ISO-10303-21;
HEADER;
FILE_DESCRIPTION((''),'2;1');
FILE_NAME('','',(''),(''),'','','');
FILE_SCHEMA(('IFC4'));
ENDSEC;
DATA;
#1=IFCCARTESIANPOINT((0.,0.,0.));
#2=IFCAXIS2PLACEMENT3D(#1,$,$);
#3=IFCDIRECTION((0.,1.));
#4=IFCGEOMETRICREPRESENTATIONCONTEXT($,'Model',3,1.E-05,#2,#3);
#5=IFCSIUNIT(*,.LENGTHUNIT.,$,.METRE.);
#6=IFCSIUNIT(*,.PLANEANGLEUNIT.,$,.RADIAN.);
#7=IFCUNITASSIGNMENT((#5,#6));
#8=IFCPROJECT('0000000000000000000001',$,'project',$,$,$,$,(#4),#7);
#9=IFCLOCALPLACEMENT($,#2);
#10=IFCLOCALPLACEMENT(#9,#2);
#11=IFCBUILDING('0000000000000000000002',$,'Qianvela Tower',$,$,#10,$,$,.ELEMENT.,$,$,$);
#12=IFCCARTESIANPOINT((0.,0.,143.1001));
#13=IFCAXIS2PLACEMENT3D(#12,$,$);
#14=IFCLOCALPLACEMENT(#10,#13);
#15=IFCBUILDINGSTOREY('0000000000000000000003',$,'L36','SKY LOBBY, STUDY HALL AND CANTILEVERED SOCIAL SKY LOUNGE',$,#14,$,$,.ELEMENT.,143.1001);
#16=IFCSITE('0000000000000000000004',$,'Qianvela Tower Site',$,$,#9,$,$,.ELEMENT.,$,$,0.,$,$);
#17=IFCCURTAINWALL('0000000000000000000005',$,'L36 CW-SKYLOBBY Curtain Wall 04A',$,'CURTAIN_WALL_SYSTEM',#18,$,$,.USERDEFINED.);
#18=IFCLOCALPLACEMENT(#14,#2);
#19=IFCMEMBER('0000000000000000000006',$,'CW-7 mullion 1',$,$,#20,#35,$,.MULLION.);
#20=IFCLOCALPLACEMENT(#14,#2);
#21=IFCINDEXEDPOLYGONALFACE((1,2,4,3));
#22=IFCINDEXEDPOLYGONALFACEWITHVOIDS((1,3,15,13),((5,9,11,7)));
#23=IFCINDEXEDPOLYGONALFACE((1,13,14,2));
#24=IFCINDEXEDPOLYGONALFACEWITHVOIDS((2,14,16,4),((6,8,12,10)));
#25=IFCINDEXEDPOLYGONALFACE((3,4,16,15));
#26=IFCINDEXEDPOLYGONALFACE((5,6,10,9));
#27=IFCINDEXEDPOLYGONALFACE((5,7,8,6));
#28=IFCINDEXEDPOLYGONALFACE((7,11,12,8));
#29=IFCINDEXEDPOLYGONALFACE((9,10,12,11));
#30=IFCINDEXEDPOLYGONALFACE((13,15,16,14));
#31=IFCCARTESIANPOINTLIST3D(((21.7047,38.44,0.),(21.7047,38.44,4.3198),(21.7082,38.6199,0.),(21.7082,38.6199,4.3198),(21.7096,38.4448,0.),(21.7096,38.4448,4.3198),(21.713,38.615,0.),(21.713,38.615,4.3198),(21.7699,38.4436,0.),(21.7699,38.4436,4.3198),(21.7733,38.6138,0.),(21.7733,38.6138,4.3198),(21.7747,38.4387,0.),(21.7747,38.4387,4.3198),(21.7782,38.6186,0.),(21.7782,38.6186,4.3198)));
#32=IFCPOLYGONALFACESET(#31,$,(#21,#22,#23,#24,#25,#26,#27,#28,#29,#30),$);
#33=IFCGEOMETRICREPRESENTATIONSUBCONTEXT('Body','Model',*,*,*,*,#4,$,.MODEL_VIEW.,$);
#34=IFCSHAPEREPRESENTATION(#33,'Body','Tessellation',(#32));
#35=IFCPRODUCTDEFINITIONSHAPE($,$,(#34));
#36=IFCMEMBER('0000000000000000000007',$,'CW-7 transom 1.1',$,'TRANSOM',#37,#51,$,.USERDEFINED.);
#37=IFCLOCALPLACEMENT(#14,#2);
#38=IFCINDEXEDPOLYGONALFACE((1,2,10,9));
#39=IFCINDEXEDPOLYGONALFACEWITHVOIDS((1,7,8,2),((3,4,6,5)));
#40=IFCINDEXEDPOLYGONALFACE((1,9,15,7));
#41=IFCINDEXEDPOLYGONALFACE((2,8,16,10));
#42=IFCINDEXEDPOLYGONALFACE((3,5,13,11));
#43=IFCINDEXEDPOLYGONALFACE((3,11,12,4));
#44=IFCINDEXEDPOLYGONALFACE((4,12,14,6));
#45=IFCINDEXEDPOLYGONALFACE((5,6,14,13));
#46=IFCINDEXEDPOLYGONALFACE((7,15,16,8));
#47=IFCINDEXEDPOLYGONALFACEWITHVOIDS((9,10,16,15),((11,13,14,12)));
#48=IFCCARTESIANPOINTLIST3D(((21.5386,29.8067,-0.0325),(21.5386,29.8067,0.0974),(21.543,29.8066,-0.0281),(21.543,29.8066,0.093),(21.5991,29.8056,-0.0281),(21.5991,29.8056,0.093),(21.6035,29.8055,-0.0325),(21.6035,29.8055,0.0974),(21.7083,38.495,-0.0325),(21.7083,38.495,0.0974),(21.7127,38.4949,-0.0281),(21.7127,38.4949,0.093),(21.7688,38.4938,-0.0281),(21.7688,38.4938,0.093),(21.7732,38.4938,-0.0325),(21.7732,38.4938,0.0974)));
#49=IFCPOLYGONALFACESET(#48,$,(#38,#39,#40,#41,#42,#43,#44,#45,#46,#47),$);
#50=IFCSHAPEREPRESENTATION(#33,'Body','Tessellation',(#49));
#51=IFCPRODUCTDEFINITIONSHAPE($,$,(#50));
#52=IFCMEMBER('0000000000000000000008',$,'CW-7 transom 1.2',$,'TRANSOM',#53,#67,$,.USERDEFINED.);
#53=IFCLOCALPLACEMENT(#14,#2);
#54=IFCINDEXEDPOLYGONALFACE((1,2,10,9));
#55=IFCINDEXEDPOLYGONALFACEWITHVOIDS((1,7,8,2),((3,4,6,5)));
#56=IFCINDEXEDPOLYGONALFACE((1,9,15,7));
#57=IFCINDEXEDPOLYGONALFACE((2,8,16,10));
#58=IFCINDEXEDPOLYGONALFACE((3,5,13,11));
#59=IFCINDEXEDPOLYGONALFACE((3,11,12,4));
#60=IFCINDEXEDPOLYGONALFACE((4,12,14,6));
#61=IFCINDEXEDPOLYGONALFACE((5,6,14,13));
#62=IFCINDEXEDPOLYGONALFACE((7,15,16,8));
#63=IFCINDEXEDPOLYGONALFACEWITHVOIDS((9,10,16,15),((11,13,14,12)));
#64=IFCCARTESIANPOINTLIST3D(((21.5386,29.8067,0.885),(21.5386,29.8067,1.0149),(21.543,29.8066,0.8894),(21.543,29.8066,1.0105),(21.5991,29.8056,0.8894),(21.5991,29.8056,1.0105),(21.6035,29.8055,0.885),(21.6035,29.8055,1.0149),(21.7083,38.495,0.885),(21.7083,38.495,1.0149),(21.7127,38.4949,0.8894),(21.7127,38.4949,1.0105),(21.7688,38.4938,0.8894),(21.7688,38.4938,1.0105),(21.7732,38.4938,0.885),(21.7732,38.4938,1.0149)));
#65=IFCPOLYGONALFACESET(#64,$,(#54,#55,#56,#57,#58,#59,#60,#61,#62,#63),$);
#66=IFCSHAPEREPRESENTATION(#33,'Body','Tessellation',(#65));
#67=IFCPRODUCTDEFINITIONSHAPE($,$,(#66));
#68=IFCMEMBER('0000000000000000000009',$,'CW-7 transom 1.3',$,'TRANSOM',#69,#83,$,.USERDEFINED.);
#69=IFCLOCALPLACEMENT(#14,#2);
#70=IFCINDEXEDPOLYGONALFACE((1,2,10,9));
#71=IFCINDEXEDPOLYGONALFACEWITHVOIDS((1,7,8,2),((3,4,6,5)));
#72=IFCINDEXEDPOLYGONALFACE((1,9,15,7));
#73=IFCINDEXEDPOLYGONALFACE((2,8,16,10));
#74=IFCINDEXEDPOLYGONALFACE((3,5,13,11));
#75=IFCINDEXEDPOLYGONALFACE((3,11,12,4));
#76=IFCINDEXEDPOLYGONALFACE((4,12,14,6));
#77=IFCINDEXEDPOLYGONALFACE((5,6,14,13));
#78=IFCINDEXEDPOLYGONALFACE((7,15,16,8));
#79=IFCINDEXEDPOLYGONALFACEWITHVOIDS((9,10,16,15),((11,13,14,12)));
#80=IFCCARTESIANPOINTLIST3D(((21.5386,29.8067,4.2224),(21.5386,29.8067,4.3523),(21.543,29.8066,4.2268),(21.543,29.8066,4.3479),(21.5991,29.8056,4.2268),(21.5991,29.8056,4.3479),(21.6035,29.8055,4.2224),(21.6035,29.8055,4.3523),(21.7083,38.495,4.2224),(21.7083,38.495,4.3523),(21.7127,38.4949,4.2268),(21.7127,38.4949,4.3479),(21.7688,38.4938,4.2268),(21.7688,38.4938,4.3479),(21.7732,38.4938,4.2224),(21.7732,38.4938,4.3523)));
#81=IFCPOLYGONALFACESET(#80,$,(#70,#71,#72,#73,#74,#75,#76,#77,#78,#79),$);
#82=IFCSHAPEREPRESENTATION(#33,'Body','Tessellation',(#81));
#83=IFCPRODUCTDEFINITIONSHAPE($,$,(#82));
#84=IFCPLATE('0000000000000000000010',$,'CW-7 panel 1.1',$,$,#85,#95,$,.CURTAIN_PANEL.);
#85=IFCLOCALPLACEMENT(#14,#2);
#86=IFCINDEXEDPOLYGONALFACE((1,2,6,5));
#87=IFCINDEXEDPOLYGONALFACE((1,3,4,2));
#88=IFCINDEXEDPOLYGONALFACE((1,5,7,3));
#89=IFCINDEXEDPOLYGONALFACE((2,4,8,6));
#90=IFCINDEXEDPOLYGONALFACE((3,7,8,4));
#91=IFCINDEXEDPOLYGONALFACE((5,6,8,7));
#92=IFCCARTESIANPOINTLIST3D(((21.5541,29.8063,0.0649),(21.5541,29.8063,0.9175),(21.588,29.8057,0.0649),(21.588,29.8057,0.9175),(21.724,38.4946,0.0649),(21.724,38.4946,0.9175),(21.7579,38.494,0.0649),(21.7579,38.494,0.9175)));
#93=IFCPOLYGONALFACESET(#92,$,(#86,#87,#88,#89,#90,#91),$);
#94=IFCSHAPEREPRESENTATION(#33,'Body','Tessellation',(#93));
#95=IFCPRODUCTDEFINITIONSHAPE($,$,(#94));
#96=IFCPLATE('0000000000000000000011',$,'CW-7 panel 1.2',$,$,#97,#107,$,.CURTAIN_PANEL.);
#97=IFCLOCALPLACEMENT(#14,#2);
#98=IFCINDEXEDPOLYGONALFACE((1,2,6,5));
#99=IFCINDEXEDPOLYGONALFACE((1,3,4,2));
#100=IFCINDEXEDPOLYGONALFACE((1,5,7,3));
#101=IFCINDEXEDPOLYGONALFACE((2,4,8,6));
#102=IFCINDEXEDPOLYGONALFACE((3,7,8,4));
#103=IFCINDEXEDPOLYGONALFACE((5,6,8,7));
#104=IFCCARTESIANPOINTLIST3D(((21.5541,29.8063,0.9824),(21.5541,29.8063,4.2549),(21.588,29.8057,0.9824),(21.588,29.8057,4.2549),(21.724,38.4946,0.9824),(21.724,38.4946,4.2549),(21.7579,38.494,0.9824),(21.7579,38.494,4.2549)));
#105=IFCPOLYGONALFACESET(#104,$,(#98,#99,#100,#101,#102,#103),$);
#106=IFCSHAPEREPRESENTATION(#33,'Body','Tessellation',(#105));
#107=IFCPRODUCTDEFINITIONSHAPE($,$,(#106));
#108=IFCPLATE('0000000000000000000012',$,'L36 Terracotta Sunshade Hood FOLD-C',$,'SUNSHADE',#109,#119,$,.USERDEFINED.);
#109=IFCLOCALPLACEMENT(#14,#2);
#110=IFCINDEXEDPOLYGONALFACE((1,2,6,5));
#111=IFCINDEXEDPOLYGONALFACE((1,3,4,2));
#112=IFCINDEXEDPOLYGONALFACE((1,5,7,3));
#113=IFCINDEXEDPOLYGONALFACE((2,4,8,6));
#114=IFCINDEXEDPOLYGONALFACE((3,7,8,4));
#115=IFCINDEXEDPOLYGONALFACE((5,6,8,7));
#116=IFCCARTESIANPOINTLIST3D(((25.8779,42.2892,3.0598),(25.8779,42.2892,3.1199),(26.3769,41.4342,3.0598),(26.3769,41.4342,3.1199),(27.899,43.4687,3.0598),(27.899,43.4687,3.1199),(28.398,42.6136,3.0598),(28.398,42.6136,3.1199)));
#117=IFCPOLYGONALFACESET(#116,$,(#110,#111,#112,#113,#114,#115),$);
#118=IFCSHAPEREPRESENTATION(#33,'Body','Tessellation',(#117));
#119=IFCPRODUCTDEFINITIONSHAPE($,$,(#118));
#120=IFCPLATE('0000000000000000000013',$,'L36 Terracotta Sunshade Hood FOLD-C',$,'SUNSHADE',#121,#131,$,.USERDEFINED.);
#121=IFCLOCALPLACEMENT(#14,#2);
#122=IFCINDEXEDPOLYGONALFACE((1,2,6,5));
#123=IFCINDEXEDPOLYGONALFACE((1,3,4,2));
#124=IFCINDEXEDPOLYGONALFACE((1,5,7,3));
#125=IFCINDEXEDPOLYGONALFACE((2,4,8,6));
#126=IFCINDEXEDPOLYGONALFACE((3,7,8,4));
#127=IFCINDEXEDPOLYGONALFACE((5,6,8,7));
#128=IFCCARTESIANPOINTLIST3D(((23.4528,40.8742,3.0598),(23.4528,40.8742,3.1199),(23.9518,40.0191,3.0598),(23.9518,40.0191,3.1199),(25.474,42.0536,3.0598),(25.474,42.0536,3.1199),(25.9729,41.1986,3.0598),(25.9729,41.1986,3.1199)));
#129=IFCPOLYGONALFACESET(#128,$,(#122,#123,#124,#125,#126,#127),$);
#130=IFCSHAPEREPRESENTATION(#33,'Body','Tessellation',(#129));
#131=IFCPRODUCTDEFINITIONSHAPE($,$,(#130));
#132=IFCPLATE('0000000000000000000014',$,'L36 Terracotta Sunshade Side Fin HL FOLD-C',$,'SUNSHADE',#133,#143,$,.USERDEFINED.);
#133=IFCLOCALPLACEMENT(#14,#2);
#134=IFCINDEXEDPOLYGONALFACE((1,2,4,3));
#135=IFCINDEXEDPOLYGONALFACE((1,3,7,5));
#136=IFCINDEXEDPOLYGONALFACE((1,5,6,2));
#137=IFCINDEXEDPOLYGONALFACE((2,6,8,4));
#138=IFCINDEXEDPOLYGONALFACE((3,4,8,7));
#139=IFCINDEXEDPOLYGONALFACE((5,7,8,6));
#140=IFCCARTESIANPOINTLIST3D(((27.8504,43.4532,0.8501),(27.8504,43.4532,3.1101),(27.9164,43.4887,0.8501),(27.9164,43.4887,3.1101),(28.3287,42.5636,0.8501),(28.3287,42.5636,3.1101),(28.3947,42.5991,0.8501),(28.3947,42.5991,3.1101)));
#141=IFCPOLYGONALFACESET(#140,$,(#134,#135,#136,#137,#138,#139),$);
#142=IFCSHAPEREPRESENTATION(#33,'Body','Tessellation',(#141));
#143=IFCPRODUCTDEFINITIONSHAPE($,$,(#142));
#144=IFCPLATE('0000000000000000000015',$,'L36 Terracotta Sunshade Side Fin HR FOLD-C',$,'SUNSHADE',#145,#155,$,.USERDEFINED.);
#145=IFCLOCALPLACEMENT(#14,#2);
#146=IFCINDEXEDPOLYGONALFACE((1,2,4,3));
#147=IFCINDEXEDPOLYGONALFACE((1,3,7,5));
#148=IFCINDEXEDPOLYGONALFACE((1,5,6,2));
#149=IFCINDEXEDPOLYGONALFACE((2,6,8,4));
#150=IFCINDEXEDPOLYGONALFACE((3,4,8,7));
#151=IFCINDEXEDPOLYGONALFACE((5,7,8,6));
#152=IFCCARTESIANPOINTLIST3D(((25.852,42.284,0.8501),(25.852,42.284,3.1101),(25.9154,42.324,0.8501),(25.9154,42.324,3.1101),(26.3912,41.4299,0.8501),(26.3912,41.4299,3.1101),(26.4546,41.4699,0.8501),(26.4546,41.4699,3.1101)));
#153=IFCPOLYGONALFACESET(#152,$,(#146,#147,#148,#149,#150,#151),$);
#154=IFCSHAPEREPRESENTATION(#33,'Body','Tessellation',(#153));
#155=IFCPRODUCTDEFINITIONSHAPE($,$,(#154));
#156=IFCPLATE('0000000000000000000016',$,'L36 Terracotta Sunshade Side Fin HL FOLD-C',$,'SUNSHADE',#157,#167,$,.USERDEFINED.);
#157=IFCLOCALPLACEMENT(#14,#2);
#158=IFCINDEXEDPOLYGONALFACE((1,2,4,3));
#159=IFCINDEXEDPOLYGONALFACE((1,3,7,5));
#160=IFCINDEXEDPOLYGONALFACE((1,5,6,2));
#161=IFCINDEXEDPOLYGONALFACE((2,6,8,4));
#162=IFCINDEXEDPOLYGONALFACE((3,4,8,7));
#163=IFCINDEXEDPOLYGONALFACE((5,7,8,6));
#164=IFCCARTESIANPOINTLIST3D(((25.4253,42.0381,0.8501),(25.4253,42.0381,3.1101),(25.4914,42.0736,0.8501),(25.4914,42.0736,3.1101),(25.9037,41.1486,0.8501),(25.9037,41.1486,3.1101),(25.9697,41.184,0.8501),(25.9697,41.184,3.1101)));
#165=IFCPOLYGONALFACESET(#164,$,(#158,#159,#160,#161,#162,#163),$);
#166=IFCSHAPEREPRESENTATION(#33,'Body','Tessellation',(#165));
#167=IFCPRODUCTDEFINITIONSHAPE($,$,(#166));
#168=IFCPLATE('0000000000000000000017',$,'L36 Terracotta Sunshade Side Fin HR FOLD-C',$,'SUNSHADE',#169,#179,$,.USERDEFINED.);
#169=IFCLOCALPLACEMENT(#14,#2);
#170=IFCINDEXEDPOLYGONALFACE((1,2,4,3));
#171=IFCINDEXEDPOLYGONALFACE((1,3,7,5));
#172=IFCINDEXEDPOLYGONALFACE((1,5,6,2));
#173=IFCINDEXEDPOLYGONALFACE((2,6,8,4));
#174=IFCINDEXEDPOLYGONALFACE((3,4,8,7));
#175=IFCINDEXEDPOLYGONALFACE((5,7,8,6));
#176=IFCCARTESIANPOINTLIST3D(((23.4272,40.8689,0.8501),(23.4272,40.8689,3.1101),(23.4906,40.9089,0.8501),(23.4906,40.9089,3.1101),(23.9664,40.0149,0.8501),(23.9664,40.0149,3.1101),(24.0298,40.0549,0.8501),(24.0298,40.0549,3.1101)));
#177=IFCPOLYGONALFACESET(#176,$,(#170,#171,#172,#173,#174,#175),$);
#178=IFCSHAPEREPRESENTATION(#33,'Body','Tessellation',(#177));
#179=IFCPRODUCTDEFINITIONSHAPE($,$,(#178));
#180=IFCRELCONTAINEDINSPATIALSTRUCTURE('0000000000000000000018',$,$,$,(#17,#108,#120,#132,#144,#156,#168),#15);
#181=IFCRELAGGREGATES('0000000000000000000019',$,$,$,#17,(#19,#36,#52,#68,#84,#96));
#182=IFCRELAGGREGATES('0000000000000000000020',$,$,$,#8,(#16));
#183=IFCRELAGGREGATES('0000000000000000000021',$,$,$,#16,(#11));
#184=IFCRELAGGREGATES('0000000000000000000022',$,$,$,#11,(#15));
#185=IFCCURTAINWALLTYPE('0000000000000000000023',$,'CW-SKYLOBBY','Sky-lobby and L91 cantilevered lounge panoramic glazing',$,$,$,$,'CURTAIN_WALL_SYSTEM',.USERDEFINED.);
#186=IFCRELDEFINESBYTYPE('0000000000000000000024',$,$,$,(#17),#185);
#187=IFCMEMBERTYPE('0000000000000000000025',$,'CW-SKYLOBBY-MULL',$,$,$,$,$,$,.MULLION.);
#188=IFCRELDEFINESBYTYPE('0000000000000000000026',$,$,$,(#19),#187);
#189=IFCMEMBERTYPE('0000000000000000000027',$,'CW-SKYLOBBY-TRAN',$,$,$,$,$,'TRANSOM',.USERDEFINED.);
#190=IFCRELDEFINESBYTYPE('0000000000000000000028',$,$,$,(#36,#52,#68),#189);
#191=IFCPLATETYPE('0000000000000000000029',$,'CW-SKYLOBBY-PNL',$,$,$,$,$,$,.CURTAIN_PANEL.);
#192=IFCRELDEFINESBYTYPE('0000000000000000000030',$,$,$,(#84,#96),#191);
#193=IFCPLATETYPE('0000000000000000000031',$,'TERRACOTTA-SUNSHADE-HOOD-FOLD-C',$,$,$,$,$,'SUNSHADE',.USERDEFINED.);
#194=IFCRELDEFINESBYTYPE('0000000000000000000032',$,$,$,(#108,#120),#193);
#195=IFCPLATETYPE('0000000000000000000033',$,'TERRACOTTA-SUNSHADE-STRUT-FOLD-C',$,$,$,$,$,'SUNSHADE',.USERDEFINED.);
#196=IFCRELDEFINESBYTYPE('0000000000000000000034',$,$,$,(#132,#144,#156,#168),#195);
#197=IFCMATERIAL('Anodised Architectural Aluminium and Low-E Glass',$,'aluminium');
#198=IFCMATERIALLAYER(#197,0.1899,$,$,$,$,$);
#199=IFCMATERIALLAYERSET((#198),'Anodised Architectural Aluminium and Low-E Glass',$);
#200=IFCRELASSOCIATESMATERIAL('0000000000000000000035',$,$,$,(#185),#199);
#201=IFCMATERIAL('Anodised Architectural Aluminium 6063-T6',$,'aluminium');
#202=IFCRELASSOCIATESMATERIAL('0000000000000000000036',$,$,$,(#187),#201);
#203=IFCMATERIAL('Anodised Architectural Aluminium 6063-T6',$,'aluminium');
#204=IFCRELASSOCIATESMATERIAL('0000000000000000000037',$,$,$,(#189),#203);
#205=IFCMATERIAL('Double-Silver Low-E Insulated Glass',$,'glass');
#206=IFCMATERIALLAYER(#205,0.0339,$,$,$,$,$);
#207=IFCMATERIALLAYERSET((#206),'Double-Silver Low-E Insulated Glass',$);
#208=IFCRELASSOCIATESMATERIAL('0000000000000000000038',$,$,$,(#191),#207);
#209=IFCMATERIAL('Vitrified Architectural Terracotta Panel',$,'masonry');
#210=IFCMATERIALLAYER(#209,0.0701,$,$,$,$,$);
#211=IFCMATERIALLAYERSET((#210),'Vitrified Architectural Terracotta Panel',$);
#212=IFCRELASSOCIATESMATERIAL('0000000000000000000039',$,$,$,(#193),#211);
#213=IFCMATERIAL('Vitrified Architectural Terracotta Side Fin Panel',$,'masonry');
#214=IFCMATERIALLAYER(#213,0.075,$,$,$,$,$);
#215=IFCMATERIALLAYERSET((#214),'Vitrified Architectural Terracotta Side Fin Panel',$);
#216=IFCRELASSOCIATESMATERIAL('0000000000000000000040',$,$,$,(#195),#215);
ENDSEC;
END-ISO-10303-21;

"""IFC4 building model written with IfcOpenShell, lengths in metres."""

from ifc_helpers import new_model, si_unit, direction, frame, origin, origin_2d, place, context, subcontext, project, spatial, rectangle, hollow_rectangle, extrude, material, layer, layer_set, material_profile, profile_set, type_object, element, aggregate, save


model = new_model("IFC4")

# Units and contexts
model_context = context("Model", 3, precision=1e-05, world=origin(), true_north=direction((0.0, 1.0)))
body_context = subcontext(model_context, "Body", "Model", "MODEL_VIEW")
ifc_project = project(units=[si_unit("LENGTHUNIT", "METRE"), si_unit("PLANEANGLEUNIT", "RADIAN")], contexts=[model_context])

# Site, building, storey
site_placement = place(None, origin())
site = spatial("IfcSite", under=ifc_project, at=site_placement, Name="Qianvela Tower Site", CompositionType="ELEMENT", RefElevation=0.0)
building_placement = place(site_placement, origin())
building = spatial("IfcBuilding", under=site, at=building_placement, Name="Qianvela Tower", CompositionType="ELEMENT")
storey_placement = place(building_placement, frame((0.0, 0.0, 143.1001)))
storey = spatial("IfcBuildingStorey", under=building, at=storey_placement, Name="L36", Description="SKY LOBBY, STUDY HALL AND CANTILEVERED SOCIAL SKY LOUNGE", CompositionType="ELEMENT", Elevation=143.1001)

# Curtain wall, members, plates
ifc_material_1 = material(Name="Anodised Architectural Aluminium and Low-E Glass", Category="aluminium")
ifc_layer_1 = layer(ifc_material_1, 0.1899)
ifc_layer_set_1 = layer_set([ifc_layer_1], Name="Anodised Architectural Aluminium and Low-E Glass")
curtain_wall_type = type_object("IfcCurtainWallType", Name="CW-SKYLOBBY", Description="Sky-lobby and L91 cantilevered lounge panoramic glazing", ElementType="CURTAIN_WALL_SYSTEM", PredefinedType="USERDEFINED", material=ifc_layer_set_1)
curtain_wall_placement = place(storey_placement, origin())
curtain_wall = element("IfcCurtainWall", 1, at=curtain_wall_placement, inside=storey, type_object=curtain_wall_type, Name="L36 CW-SKYLOBBY Curtain Wall 04A", ObjectType="CURTAIN_WALL_SYSTEM", PredefinedType="USERDEFINED")
ifc_material_2 = material(Name="Anodised Architectural Aluminium 6063-T6", Category="aluminium")
ifc_material_profile_1 = material_profile(ifc_material_2, hollow_rectangle(XDim=0.0701, YDim=0.1799, WallThickness=0.0049, at=origin_2d()), Name="ALU-MULL-70x180")
ifc_profile_set_1 = profile_set([ifc_material_profile_1], Name="Anodised Architectural Aluminium 6063-T6")
member_type_1 = type_object("IfcMemberType", Name="CW-SKYLOBBY-MULL", PredefinedType="MULLION", material=ifc_profile_set_1)
member_1_placement = place(storey_placement, frame((21.7415, 38.5293, 0.0), z_axis=(0.0, 0.0, 1.0), x_axis=(0.999809, -0.019547, 0.0)))
member_1 = element("IfcMember", 2, at=member_1_placement, type_object=member_type_1, Name="CW-7 mullion 1", PredefinedType="MULLION", context=body_context, shape_type="SweptSolid", body=[
    extrude(hollow_rectangle(XDim=0.0701, YDim=0.1799, WallThickness=0.0049, at=origin_2d()), origin(), (0.0, 0.0, 1.0), 4.3198),
])
ifc_material_3 = material(Name="Anodised Architectural Aluminium 6063-T6", Category="aluminium")
ifc_material_profile_2 = material_profile(ifc_material_3, hollow_rectangle(XDim=0.0649, YDim=0.1299, WallThickness=0.0044, at=origin_2d()), Name="ALU-TRAN-65x130")
ifc_profile_set_2 = profile_set([ifc_material_profile_2], Name="Anodised Architectural Aluminium 6063-T6")
member_type_2 = type_object("IfcMemberType", Name="CW-SKYLOBBY-TRAN", ElementType="TRANSOM", PredefinedType="USERDEFINED", material=ifc_profile_set_2)
member_2_placement = place(storey_placement, frame((21.7407, 38.4944, 0.0325), z_axis=(-0.019526, -0.999809, 0.0), x_axis=(0.999809, -0.019526, 0.0)))
member_2 = element("IfcMember", 3, at=member_2_placement, type_object=member_type_2, Name="CW-7 transom 1.1", ObjectType="TRANSOM", PredefinedType="USERDEFINED", context=body_context, shape_type="SweptSolid", body=[
    extrude(hollow_rectangle(XDim=0.0649, YDim=0.1299, WallThickness=0.0044, at=origin_2d()), origin(), (0.0, 0.0, 1.0), 8.6899),
])
member_3_placement = place(storey_placement, frame((21.7407, 38.4944, 0.95), z_axis=(-0.019526, -0.999809, 0.0), x_axis=(0.999809, -0.019526, 0.0)))
member_3 = element("IfcMember", 4, at=member_3_placement, type_object=member_type_2, Name="CW-7 transom 1.2", ObjectType="TRANSOM", PredefinedType="USERDEFINED", context=body_context, shape_type="SweptSolid", body=[
    extrude(hollow_rectangle(XDim=0.0649, YDim=0.1299, WallThickness=0.0044, at=origin_2d()), origin(), (0.0, 0.0, 1.0), 8.6899),
])
member_4_placement = place(storey_placement, frame((21.7407, 38.4944, 4.2874), z_axis=(-0.019526, -0.999809, 0.0), x_axis=(0.999809, -0.019526, 0.0)))
member_4 = element("IfcMember", 5, at=member_4_placement, type_object=member_type_2, Name="CW-7 transom 1.3", ObjectType="TRANSOM", PredefinedType="USERDEFINED", context=body_context, shape_type="SweptSolid", body=[
    extrude(hollow_rectangle(XDim=0.0649, YDim=0.1299, WallThickness=0.0044, at=origin_2d()), origin(), (0.0, 0.0, 1.0), 8.6899),
])
ifc_material_4 = material(Name="Double-Silver Low-E Insulated Glass", Category="glass")
ifc_layer_2 = layer(ifc_material_4, 0.0339)
ifc_layer_set_2 = layer_set([ifc_layer_2], Name="Double-Silver Low-E Insulated Glass")
plate_type_1 = type_object("IfcPlateType", Name="CW-SKYLOBBY-PNL", PredefinedType="CURTAIN_PANEL", material=ifc_layer_set_2)
plate_1_placement = place(storey_placement, frame((21.656, 34.1501, 0.0649), z_axis=(0.0, 0.0, 1.0), x_axis=(-0.019547, -0.999809, 0.0)))
plate_1 = element("IfcPlate", 6, at=plate_1_placement, type_object=plate_type_1, Name="CW-7 panel 1.1", PredefinedType="CURTAIN_PANEL", context=body_context, shape_type="SweptSolid", body=[
    extrude(rectangle(XDim=8.6899, YDim=0.0339, at=origin_2d()), origin(), (0.0, 0.0, 1.0), 0.8525),
])
plate_2_placement = place(storey_placement, frame((21.656, 34.1501, 0.9824), z_axis=(0.0, 0.0, 1.0), x_axis=(-0.019547, -0.999809, 0.0)))
plate_2 = element("IfcPlate", 7, at=plate_2_placement, type_object=plate_type_1, Name="CW-7 panel 1.2", PredefinedType="CURTAIN_PANEL", context=body_context, shape_type="SweptSolid", body=[
    extrude(rectangle(XDim=8.6899, YDim=0.0339, at=origin_2d()), origin(), (0.0, 0.0, 1.0), 3.2725),
])
aggregate(curtain_wall, [member_1, member_2, member_3, member_4, plate_1, plate_2])

# Plates
ifc_material_5 = material(Name="Vitrified Architectural Terracotta Panel", Category="masonry")
ifc_layer_3 = layer(ifc_material_5, 0.0701)
ifc_layer_set_3 = layer_set([ifc_layer_3], Name="Vitrified Architectural Terracotta Panel")
plate_type_2 = type_object("IfcPlateType", Name="TERRACOTTA-SUNSHADE-HOOD-FOLD-C", ElementType="SUNSHADE", PredefinedType="USERDEFINED", material=ifc_layer_set_3)
for number, where, z_axis, x_axis, name in (
    (8, (27.1379, 42.4514, 3.0598), (0.0, 0.0, 1.0), (-0.863693, -0.504018, 0.0), "L36 Terracotta Sunshade Hood FOLD-C"),
    (9, (24.7129, 41.0364, 3.0598), (0.0, 0.0, 1.0), (-0.863693, -0.504018, 0.0), "L36 Terracotta Sunshade Hood FOLD-C"),
):
    element("IfcPlate", number, at=place(storey_placement, frame(where, z_axis=z_axis, x_axis=x_axis)), inside=storey, type_object=plate_type_2, Name=name, ObjectType="SUNSHADE", PredefinedType="USERDEFINED", context=body_context, shape_type="SweptSolid", body=[
        extrude(rectangle(XDim=2.3401, YDim=0.99, at=origin_2d()), origin(), (0.0, 0.0, 1.0), 0.0601),
    ])
ifc_material_6 = material(Name="Vitrified Architectural Terracotta Side Fin Panel", Category="masonry")
ifc_layer_4 = layer(ifc_material_6, 0.075)
ifc_layer_set_4 = layer_set([ifc_layer_4], Name="Vitrified Architectural Terracotta Side Fin Panel")
plate_type_3 = type_object("IfcPlateType", Name="TERRACOTTA-SUNSHADE-STRUT-FOLD-C", ElementType="SUNSHADE", PredefinedType="USERDEFINED", material=ifc_layer_set_4)
for number, where, z_axis, x_axis, name in (
    (10, (28.1226, 43.0261, 0.8501), (0.0, 0.0, 1.0), (-0.880757, -0.473569, 0.0), "L36 Terracotta Sunshade Side Fin HL FOLD-C"),
    (11, (26.1533, 41.877, 0.8501), (0.0, 0.0, 1.0), (-0.845577, -0.533854, 0.0), "L36 Terracotta Sunshade Side Fin HR FOLD-C"),
    (12, (25.6975, 41.6111, 0.8501), (0.0, 0.0, 1.0), (-0.880757, -0.473569, 0.0), "L36 Terracotta Sunshade Side Fin HL FOLD-C"),
    (13, (23.7285, 40.4619, 0.8501), (0.0, 0.0, 1.0), (-0.845577, -0.533854, 0.0), "L36 Terracotta Sunshade Side Fin HR FOLD-C"),
):
    element("IfcPlate", number, at=place(storey_placement, frame(where, z_axis=z_axis, x_axis=x_axis)), inside=storey, type_object=plate_type_3, Name=name, ObjectType="SUNSHADE", PredefinedType="USERDEFINED", context=body_context, shape_type="SweptSolid", body=[
        extrude(rectangle(XDim=0.075, YDim=1.01, at=origin_2d()), origin(), (0.0, 0.0, 1.0), 2.26),
    ])

save(model, "model.ifc")
